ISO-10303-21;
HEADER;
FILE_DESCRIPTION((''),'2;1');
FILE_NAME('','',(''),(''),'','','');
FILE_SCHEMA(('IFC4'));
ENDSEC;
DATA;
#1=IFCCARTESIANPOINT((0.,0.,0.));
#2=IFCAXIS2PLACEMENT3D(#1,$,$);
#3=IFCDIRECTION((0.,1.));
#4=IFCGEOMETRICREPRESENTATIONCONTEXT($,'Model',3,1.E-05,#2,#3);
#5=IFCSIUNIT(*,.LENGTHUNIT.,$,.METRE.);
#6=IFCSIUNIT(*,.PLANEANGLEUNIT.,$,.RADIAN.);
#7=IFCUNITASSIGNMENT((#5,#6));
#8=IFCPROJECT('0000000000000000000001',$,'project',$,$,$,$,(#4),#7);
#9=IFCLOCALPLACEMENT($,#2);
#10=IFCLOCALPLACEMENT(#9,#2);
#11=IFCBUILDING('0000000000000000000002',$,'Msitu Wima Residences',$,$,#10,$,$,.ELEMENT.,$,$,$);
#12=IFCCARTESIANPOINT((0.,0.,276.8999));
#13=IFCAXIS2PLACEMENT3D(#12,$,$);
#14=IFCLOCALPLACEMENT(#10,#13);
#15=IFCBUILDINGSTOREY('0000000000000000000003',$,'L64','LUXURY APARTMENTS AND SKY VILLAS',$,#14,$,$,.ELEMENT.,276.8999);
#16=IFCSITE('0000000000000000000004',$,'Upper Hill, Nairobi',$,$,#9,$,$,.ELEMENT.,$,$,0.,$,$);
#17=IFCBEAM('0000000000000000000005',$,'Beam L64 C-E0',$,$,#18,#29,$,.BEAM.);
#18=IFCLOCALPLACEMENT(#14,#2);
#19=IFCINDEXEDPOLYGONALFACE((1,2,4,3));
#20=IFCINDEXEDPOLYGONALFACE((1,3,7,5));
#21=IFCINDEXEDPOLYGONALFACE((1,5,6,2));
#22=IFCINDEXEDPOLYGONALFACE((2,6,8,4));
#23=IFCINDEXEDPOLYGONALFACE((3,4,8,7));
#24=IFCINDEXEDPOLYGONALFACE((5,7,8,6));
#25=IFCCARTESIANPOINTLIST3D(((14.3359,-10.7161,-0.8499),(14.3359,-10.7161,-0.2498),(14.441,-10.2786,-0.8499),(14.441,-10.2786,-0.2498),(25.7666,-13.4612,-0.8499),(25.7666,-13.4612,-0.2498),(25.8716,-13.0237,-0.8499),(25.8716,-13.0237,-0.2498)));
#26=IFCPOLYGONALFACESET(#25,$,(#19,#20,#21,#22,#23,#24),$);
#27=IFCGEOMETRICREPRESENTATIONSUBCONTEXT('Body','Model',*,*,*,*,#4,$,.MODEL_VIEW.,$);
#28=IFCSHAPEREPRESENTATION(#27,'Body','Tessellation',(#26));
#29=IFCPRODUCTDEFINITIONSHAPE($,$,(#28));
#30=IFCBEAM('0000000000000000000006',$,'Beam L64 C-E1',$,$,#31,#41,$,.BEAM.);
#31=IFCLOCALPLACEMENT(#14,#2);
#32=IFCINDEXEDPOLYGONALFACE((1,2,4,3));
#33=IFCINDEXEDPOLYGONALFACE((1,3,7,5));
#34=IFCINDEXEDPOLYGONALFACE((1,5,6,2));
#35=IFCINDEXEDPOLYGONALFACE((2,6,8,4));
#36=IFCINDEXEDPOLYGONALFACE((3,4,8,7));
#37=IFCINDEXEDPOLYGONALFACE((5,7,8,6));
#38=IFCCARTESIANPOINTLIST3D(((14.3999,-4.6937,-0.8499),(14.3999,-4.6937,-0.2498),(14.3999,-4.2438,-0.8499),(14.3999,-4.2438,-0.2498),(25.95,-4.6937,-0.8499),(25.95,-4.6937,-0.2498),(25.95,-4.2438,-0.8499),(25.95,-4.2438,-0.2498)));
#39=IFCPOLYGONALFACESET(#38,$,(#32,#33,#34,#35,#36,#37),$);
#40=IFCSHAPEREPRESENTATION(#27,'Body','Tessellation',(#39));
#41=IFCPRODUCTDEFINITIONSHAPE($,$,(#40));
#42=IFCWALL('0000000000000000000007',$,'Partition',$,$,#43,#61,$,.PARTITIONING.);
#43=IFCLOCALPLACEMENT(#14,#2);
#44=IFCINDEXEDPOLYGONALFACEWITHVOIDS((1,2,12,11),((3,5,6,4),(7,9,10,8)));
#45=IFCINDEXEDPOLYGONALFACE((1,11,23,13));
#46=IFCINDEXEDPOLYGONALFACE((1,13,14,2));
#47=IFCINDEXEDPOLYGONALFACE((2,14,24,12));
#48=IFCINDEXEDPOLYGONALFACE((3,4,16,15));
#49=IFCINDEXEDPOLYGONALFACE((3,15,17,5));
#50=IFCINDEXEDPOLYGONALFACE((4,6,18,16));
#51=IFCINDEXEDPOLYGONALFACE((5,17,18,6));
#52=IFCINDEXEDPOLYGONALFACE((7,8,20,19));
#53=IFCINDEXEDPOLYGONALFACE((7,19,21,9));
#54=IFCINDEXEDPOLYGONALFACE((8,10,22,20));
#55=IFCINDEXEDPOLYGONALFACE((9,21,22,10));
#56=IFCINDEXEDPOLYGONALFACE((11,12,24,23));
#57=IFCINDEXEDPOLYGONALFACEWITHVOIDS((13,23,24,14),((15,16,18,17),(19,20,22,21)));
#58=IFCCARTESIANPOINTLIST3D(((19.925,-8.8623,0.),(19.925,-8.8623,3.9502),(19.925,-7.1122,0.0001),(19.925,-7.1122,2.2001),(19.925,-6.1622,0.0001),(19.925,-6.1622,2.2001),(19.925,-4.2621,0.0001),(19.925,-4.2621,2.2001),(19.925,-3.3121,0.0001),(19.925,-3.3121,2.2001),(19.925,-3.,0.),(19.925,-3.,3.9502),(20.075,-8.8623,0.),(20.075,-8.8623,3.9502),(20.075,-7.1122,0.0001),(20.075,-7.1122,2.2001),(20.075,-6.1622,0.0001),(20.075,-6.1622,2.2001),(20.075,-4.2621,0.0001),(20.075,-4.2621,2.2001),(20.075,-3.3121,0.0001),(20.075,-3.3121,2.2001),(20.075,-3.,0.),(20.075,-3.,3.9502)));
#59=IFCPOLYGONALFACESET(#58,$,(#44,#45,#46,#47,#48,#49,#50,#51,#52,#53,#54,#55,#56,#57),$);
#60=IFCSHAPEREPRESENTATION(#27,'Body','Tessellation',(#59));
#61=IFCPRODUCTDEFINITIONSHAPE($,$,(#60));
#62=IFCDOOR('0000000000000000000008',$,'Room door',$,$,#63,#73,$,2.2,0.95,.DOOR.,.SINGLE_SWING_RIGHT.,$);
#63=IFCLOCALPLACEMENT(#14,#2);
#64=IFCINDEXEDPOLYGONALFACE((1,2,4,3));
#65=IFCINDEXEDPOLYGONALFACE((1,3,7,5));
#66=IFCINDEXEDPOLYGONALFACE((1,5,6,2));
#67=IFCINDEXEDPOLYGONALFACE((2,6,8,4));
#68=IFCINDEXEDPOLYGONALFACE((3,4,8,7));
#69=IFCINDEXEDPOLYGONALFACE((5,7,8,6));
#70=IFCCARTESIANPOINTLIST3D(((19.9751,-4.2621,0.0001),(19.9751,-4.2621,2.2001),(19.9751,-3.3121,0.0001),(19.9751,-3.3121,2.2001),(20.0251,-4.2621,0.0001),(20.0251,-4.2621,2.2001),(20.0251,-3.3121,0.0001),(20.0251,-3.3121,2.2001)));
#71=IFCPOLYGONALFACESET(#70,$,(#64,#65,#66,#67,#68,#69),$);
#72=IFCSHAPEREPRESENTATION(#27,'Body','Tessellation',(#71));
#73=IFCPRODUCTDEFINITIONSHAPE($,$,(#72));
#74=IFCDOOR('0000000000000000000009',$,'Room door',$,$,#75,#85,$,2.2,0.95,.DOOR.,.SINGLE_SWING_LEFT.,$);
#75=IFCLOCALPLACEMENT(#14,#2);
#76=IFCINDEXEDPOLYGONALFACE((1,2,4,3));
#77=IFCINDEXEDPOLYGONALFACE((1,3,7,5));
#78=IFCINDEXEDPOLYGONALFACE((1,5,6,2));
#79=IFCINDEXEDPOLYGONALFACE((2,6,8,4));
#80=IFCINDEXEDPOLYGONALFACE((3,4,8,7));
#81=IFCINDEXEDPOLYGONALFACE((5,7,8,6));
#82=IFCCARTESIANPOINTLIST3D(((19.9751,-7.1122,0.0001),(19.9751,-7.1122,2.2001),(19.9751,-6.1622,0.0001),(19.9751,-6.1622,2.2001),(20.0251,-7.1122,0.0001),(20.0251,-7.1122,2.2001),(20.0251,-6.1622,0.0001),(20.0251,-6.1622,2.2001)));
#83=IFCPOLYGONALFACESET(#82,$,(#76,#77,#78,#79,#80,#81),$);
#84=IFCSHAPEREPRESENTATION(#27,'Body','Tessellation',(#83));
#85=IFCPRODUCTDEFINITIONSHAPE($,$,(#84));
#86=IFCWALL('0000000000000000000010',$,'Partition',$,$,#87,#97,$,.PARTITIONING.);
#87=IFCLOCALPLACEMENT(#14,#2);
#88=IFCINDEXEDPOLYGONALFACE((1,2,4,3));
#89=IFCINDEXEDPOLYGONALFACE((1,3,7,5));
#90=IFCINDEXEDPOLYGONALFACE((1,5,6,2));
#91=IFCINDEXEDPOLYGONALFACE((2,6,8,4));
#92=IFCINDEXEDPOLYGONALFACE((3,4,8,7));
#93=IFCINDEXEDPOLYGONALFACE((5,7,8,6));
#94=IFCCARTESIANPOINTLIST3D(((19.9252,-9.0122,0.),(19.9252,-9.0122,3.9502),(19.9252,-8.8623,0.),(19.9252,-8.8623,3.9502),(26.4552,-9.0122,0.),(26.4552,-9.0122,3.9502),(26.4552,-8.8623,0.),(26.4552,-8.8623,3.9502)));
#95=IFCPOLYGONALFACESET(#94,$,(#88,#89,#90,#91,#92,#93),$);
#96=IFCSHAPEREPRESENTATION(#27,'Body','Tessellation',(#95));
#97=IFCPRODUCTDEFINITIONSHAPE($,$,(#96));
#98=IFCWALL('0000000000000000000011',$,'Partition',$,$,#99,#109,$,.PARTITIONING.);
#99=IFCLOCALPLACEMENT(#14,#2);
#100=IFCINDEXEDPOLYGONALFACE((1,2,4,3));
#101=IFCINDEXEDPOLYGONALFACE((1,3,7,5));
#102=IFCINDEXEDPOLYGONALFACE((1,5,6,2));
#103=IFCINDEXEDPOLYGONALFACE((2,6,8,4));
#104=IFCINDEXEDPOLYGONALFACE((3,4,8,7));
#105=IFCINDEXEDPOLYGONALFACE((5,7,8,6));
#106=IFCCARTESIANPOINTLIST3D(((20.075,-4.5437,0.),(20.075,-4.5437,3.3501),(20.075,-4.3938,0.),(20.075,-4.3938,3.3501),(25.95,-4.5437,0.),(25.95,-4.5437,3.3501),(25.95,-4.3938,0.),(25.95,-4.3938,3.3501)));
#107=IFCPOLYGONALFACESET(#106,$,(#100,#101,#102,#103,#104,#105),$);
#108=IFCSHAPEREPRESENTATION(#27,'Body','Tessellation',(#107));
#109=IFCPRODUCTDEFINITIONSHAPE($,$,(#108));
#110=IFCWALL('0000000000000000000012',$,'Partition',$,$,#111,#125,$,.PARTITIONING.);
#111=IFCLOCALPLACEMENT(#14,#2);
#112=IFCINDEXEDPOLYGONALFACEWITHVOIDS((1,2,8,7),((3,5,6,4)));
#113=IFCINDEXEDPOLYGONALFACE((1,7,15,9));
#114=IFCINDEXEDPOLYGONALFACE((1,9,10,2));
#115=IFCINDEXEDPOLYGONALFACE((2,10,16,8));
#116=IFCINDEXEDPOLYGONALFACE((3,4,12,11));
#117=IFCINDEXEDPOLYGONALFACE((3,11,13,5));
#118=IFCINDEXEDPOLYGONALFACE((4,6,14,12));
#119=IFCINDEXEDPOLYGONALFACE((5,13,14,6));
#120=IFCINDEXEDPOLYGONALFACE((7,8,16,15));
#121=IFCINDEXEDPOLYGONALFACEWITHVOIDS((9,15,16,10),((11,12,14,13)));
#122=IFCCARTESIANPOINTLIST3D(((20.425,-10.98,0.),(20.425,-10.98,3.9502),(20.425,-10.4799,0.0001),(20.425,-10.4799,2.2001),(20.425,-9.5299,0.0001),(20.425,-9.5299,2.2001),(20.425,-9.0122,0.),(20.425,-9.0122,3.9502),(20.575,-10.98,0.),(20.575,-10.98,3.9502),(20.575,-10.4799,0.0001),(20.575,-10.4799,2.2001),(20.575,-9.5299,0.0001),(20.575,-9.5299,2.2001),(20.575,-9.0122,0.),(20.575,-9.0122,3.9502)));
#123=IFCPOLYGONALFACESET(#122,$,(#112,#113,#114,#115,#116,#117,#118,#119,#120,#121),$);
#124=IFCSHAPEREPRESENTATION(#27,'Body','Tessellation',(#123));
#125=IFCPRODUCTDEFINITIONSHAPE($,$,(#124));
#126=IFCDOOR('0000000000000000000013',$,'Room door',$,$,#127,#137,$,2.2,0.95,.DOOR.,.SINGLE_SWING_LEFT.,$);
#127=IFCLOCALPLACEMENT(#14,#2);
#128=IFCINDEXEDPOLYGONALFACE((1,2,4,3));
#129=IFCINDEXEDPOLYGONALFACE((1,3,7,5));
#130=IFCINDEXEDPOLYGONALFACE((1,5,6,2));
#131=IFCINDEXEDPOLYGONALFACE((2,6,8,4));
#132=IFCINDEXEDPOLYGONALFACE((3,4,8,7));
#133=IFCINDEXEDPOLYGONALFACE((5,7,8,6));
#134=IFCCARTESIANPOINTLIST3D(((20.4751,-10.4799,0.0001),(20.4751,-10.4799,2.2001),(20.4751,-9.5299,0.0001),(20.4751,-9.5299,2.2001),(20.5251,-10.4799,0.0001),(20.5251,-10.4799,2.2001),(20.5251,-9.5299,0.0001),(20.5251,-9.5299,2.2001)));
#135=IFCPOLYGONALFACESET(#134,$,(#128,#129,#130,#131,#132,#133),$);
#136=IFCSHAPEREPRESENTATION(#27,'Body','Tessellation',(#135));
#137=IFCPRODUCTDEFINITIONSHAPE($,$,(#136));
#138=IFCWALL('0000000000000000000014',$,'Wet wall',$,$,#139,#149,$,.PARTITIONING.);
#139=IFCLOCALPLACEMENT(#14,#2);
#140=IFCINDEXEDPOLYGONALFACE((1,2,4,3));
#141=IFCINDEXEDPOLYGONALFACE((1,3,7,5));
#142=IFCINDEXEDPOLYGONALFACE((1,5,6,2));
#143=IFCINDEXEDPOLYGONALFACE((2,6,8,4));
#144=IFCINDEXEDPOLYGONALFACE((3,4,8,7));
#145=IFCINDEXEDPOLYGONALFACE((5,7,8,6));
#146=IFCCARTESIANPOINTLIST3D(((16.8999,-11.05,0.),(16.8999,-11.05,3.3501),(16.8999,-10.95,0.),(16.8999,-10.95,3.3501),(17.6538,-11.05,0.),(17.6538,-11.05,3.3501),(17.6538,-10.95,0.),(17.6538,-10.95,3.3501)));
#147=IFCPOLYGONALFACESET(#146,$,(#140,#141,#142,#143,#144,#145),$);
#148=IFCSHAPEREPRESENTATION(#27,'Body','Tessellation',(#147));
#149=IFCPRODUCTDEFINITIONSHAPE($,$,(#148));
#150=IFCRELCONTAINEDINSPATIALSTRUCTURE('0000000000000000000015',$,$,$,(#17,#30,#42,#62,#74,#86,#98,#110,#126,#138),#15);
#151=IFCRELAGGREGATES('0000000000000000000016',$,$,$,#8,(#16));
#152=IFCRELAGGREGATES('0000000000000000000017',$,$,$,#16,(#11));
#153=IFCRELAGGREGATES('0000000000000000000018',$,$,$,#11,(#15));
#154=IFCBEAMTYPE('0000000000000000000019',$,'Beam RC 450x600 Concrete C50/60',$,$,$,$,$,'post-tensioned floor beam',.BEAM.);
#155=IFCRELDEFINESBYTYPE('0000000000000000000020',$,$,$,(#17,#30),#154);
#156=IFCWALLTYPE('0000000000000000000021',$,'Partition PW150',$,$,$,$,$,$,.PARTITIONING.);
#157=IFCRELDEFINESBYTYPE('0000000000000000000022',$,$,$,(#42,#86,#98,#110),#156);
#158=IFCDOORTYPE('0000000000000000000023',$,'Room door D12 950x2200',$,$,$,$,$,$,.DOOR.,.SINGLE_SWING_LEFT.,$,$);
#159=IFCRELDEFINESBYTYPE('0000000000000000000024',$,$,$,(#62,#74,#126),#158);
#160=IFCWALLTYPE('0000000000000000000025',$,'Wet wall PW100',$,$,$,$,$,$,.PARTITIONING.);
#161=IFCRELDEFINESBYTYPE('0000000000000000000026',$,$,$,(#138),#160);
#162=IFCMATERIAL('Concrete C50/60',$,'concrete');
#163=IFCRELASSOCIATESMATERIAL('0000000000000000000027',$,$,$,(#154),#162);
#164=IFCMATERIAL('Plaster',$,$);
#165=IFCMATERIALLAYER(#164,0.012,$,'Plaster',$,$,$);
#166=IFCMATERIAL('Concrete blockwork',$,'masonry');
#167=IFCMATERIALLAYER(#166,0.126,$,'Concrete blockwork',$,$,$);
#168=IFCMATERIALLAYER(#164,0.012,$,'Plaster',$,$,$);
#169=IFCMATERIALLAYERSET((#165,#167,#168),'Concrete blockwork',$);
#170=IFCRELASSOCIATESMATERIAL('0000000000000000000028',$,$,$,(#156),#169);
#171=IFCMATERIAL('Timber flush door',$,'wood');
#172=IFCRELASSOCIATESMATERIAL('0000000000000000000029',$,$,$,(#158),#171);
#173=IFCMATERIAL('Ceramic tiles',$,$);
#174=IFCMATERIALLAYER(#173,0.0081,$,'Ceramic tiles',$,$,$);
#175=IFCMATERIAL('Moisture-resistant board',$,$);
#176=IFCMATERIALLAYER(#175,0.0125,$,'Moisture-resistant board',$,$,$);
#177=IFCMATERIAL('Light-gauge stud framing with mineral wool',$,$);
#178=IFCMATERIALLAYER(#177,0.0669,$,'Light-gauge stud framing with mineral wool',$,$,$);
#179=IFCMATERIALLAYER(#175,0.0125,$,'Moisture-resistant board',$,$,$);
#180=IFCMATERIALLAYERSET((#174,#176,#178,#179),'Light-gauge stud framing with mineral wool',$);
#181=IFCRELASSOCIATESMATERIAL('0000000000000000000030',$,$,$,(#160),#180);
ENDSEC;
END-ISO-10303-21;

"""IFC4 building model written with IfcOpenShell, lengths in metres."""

from ifc_helpers import new_model, si_unit, direction, frame, frame_2d, origin, origin_2d, place, context, subcontext, project, spatial, rectangle, extrude, material, layer, layer_set, material_profile, profile_set, type_object, element, fill, save


model = new_model("IFC4")

# Units and contexts
model_context = context("Model", 3, precision=1e-05, world=origin(), true_north=direction((0.0, 1.0)))
body_context = subcontext(model_context, "Body", "Model", "MODEL_VIEW")
ifc_project = project(units=[si_unit("LENGTHUNIT", "METRE"), si_unit("PLANEANGLEUNIT", "RADIAN")], contexts=[model_context])

# Site, building, storey
site_placement = place(None, origin())
site = spatial("IfcSite", under=ifc_project, at=site_placement, Name="Upper Hill, Nairobi", CompositionType="ELEMENT", RefElevation=0.0)
building_placement = place(site_placement, origin())
building = spatial("IfcBuilding", under=site, at=building_placement, Name="Msitu Wima Residences", CompositionType="ELEMENT")
storey_placement = place(building_placement, frame((0.0, 0.0, 276.8999)))
storey = spatial("IfcBuildingStorey", under=building, at=storey_placement, Name="L64", Description="LUXURY APARTMENTS AND SKY VILLAS", CompositionType="ELEMENT", Elevation=276.8999)

# Beams
ifc_material_1 = material(Name="Concrete C50/60", Category="concrete")
ifc_material_profile = material_profile(ifc_material_1, rectangle(XDim=0.45, YDim=0.6001, at=origin_2d()), Name="RC 450x600")
ifc_profile_set = profile_set([ifc_material_profile], Name="Concrete C50/60")
beam_type = type_object("IfcBeamType", Name="Beam RC 450x600 Concrete C50/60", ElementType="post-tensioned floor beam", PredefinedType="BEAM", material=ifc_profile_set)
beam_1_placement = place(storey_placement, frame((25.8191, -13.2424, -0.5498), z_axis=(-0.972353, 0.233514, 0.0), x_axis=(-0.233514, -0.972353, 0.0)))
element("IfcBeam", 1, at=beam_1_placement, inside=storey, type_object=beam_type, Name="Beam L64 C-E0", PredefinedType="BEAM", context=body_context, shape_type="SweptSolid", body=[
    extrude(rectangle(XDim=0.45, YDim=0.6001, at=origin_2d()), origin(), (0.0, 0.0, 1.0), 11.7556),
])
beam_2_placement = place(storey_placement, frame((25.95, -4.4688, -0.5498), z_axis=(-1.0, 0.0, 0.0), x_axis=(0.0, -1.0, 0.0)))
element("IfcBeam", 2, at=beam_2_placement, inside=storey, type_object=beam_type, Name="Beam L64 C-E1", PredefinedType="BEAM", context=body_context, shape_type="SweptSolid", body=[
    extrude(rectangle(XDim=0.45, YDim=0.6001, at=origin_2d()), origin(), (0.0, 0.0, 1.0), 11.55),
])

# Wall, openings, doors
ifc_material_2 = material(Name="Plaster")
ifc_layer_1 = layer(ifc_material_2, 0.012, Name="Plaster")
ifc_material_3 = material(Name="Concrete blockwork", Category="masonry")
ifc_layer_2 = layer(ifc_material_3, 0.126, Name="Concrete blockwork")
ifc_layer_3 = layer(ifc_material_2, 0.012, Name="Plaster")
ifc_layer_set_1 = layer_set([ifc_layer_1, ifc_layer_2, ifc_layer_3], Name="Concrete blockwork")
wall_type_1 = type_object("IfcWallType", Name="Partition PW150", PredefinedType="PARTITIONING", material=ifc_layer_set_1)
wall_1_placement = place(storey_placement, frame((20.0, -8.8623, 0.0), z_axis=(0.0, 0.0, 1.0), x_axis=(0.0, 1.0, 0.0)))
wall_1 = element("IfcWall", 3, at=wall_1_placement, inside=storey, type_object=wall_type_1, Name="Partition", PredefinedType="PARTITIONING", context=body_context, shape_type="SweptSolid", body=[
    extrude(rectangle(XDim=5.8623, YDim=0.1499, at=frame_2d((2.9312, 0.0))), origin(), (0.0, 0.0, 1.0), 3.9502),
])
opening_1_placement = place(wall_1_placement, frame((4.6001, 0.0, 0.0)))
opening_1 = element("IfcOpeningElement", 4, at=opening_1_placement, cuts=wall_1, PredefinedType="OPENING", context=body_context, shape_type="SweptSolid", body=[
    extrude(rectangle(XDim=0.95, YDim=2.2, at=frame_2d((0.4751, 1.1001))), frame((0.0, 0.085, 0.0), z_axis=(0.0, -1.0, 0.0), x_axis=(1.0, 0.0, 0.0)), (0.0, 0.0, 1.0), 0.1699),
])
opening_2_placement = place(wall_1_placement, frame((1.75, 0.0, 0.0)))
opening_2 = element("IfcOpeningElement", 5, at=opening_2_placement, cuts=wall_1, PredefinedType="OPENING", context=body_context, shape_type="SweptSolid", body=[
    extrude(rectangle(XDim=0.95, YDim=2.2, at=frame_2d((0.4751, 1.1001))), frame((0.0, 0.085, 0.0), z_axis=(0.0, -1.0, 0.0), x_axis=(1.0, 0.0, 0.0)), (0.0, 0.0, 1.0), 0.1699),
])
ifc_material_4 = material(Name="Timber flush door", Category="wood")
door_type_1 = type_object("IfcDoorType", Name="Room door D12 950x2200", OperationType="SINGLE_SWING_LEFT", PredefinedType="DOOR", material=ifc_material_4)
door_1_placement = place(opening_1_placement, origin())
door_1 = element("IfcDoor", 6, at=door_1_placement, inside=storey, type_object=door_type_1, Name="Room door", OperationType="SINGLE_SWING_RIGHT", OverallHeight=2.2, OverallWidth=0.95, PredefinedType="DOOR", context=body_context, shape_type="SweptSolid", body=[
    extrude(rectangle(XDim=0.95, YDim=2.2, at=frame_2d((0.4751, 1.1001))), frame((0.0, 0.0249, 0.0), z_axis=(0.0, -1.0, 0.0), x_axis=(1.0, 0.0, 0.0)), (0.0, 0.0, 1.0), 0.05),
])
fill(opening_1, door_1)
door_2_placement = place(opening_2_placement, origin())
door_2 = element("IfcDoor", 7, at=door_2_placement, inside=storey, type_object=door_type_1, Name="Room door", OperationType="SINGLE_SWING_LEFT", OverallHeight=2.2, OverallWidth=0.95, PredefinedType="DOOR", context=body_context, shape_type="SweptSolid", body=[
    extrude(rectangle(XDim=0.95, YDim=2.2, at=frame_2d((0.4751, 1.1001))), frame((0.0, 0.0249, 0.0), z_axis=(0.0, -1.0, 0.0), x_axis=(1.0, 0.0, 0.0)), (0.0, 0.0, 1.0), 0.05),
])
fill(opening_2, door_2)

# Walls
wall_2_placement = place(storey_placement, frame((19.925, -8.9373, 0.0), z_axis=(0.0, 0.0, 1.0), x_axis=(1.0, 0.0, 0.0)))
element("IfcWall", 8, at=wall_2_placement, inside=storey, type_object=wall_type_1, Name="Partition", PredefinedType="PARTITIONING", context=body_context, shape_type="SweptSolid", body=[
    extrude(rectangle(XDim=6.53, YDim=0.1499, at=frame_2d((3.2651, 0.0))), origin(), (0.0, 0.0, 1.0), 3.9502),
])
wall_3_placement = place(storey_placement, frame((20.075, -4.4688, 0.0), z_axis=(0.0, 0.0, 1.0), x_axis=(1.0, 0.0, 0.0)))
element("IfcWall", 9, at=wall_3_placement, inside=storey, type_object=wall_type_1, Name="Partition", PredefinedType="PARTITIONING", context=body_context, shape_type="SweptSolid", body=[
    extrude(rectangle(XDim=5.875, YDim=0.1499, at=frame_2d((2.9375, 0.0))), origin(), (0.0, 0.0, 1.0), 3.3501),
])

# Wall, opening, door
wall_4_placement = place(storey_placement, frame((20.5, -10.98, 0.0), z_axis=(0.0, 0.0, 1.0), x_axis=(0.0, 1.0, 0.0)))
wall_4 = element("IfcWall", 10, at=wall_4_placement, inside=storey, type_object=wall_type_1, Name="Partition", PredefinedType="PARTITIONING", context=body_context, shape_type="SweptSolid", body=[
    extrude(rectangle(XDim=1.9678, YDim=0.1499, at=frame_2d((0.9839, 0.0))), origin(), (0.0, 0.0, 1.0), 3.9502),
])
opening_3_placement = place(wall_4_placement, frame((0.5, 0.0, 0.0)))
opening_3 = element("IfcOpeningElement", 11, at=opening_3_placement, cuts=wall_4, PredefinedType="OPENING", context=body_context, shape_type="SweptSolid", body=[
    extrude(rectangle(XDim=0.95, YDim=2.2, at=frame_2d((0.4751, 1.1001))), frame((0.0, 0.085, 0.0), z_axis=(0.0, -1.0, 0.0), x_axis=(1.0, 0.0, 0.0)), (0.0, 0.0, 1.0), 0.1699),
])
door_3_placement = place(opening_3_placement, origin())
door_3 = element("IfcDoor", 12, at=door_3_placement, inside=storey, type_object=door_type_1, Name="Room door", OperationType="SINGLE_SWING_LEFT", OverallHeight=2.2, OverallWidth=0.95, PredefinedType="DOOR", context=body_context, shape_type="SweptSolid", body=[
    extrude(rectangle(XDim=0.95, YDim=2.2, at=frame_2d((0.4751, 1.1001))), frame((0.0, 0.0249, 0.0), z_axis=(0.0, -1.0, 0.0), x_axis=(1.0, 0.0, 0.0)), (0.0, 0.0, 1.0), 0.05),
])
fill(opening_3, door_3)

# Wall
ifc_material_5 = material(Name="Ceramic tiles")
ifc_layer_4 = layer(ifc_material_5, 0.0081, Name="Ceramic tiles")
ifc_material_6 = material(Name="Moisture-resistant board")
ifc_layer_5 = layer(ifc_material_6, 0.0125, Name="Moisture-resistant board")
ifc_material_7 = material(Name="Light-gauge stud framing with mineral wool")
ifc_layer_6 = layer(ifc_material_7, 0.0669, Name="Light-gauge stud framing with mineral wool")
ifc_layer_7 = layer(ifc_material_6, 0.0125, Name="Moisture-resistant board")
ifc_layer_set_2 = layer_set([ifc_layer_4, ifc_layer_5, ifc_layer_6, ifc_layer_7], Name="Light-gauge stud framing with mineral wool")
wall_type_2 = type_object("IfcWallType", Name="Wet wall PW100", PredefinedType="PARTITIONING", material=ifc_layer_set_2)
wall_5_placement = place(storey_placement, frame((16.8999, -11.0, 0.0), z_axis=(0.0, 0.0, 1.0), x_axis=(1.0, 0.0, 0.0)))
element("IfcWall", 13, at=wall_5_placement, inside=storey, type_object=wall_type_2, Name="Wet wall", PredefinedType="PARTITIONING", context=body_context, shape_type="SweptSolid", body=[
    extrude(rectangle(XDim=0.7539, YDim=0.1001, at=frame_2d((0.377, 0.0))), origin(), (0.0, 0.0, 1.0), 3.3501),
])

save(model, "model.ifc")
